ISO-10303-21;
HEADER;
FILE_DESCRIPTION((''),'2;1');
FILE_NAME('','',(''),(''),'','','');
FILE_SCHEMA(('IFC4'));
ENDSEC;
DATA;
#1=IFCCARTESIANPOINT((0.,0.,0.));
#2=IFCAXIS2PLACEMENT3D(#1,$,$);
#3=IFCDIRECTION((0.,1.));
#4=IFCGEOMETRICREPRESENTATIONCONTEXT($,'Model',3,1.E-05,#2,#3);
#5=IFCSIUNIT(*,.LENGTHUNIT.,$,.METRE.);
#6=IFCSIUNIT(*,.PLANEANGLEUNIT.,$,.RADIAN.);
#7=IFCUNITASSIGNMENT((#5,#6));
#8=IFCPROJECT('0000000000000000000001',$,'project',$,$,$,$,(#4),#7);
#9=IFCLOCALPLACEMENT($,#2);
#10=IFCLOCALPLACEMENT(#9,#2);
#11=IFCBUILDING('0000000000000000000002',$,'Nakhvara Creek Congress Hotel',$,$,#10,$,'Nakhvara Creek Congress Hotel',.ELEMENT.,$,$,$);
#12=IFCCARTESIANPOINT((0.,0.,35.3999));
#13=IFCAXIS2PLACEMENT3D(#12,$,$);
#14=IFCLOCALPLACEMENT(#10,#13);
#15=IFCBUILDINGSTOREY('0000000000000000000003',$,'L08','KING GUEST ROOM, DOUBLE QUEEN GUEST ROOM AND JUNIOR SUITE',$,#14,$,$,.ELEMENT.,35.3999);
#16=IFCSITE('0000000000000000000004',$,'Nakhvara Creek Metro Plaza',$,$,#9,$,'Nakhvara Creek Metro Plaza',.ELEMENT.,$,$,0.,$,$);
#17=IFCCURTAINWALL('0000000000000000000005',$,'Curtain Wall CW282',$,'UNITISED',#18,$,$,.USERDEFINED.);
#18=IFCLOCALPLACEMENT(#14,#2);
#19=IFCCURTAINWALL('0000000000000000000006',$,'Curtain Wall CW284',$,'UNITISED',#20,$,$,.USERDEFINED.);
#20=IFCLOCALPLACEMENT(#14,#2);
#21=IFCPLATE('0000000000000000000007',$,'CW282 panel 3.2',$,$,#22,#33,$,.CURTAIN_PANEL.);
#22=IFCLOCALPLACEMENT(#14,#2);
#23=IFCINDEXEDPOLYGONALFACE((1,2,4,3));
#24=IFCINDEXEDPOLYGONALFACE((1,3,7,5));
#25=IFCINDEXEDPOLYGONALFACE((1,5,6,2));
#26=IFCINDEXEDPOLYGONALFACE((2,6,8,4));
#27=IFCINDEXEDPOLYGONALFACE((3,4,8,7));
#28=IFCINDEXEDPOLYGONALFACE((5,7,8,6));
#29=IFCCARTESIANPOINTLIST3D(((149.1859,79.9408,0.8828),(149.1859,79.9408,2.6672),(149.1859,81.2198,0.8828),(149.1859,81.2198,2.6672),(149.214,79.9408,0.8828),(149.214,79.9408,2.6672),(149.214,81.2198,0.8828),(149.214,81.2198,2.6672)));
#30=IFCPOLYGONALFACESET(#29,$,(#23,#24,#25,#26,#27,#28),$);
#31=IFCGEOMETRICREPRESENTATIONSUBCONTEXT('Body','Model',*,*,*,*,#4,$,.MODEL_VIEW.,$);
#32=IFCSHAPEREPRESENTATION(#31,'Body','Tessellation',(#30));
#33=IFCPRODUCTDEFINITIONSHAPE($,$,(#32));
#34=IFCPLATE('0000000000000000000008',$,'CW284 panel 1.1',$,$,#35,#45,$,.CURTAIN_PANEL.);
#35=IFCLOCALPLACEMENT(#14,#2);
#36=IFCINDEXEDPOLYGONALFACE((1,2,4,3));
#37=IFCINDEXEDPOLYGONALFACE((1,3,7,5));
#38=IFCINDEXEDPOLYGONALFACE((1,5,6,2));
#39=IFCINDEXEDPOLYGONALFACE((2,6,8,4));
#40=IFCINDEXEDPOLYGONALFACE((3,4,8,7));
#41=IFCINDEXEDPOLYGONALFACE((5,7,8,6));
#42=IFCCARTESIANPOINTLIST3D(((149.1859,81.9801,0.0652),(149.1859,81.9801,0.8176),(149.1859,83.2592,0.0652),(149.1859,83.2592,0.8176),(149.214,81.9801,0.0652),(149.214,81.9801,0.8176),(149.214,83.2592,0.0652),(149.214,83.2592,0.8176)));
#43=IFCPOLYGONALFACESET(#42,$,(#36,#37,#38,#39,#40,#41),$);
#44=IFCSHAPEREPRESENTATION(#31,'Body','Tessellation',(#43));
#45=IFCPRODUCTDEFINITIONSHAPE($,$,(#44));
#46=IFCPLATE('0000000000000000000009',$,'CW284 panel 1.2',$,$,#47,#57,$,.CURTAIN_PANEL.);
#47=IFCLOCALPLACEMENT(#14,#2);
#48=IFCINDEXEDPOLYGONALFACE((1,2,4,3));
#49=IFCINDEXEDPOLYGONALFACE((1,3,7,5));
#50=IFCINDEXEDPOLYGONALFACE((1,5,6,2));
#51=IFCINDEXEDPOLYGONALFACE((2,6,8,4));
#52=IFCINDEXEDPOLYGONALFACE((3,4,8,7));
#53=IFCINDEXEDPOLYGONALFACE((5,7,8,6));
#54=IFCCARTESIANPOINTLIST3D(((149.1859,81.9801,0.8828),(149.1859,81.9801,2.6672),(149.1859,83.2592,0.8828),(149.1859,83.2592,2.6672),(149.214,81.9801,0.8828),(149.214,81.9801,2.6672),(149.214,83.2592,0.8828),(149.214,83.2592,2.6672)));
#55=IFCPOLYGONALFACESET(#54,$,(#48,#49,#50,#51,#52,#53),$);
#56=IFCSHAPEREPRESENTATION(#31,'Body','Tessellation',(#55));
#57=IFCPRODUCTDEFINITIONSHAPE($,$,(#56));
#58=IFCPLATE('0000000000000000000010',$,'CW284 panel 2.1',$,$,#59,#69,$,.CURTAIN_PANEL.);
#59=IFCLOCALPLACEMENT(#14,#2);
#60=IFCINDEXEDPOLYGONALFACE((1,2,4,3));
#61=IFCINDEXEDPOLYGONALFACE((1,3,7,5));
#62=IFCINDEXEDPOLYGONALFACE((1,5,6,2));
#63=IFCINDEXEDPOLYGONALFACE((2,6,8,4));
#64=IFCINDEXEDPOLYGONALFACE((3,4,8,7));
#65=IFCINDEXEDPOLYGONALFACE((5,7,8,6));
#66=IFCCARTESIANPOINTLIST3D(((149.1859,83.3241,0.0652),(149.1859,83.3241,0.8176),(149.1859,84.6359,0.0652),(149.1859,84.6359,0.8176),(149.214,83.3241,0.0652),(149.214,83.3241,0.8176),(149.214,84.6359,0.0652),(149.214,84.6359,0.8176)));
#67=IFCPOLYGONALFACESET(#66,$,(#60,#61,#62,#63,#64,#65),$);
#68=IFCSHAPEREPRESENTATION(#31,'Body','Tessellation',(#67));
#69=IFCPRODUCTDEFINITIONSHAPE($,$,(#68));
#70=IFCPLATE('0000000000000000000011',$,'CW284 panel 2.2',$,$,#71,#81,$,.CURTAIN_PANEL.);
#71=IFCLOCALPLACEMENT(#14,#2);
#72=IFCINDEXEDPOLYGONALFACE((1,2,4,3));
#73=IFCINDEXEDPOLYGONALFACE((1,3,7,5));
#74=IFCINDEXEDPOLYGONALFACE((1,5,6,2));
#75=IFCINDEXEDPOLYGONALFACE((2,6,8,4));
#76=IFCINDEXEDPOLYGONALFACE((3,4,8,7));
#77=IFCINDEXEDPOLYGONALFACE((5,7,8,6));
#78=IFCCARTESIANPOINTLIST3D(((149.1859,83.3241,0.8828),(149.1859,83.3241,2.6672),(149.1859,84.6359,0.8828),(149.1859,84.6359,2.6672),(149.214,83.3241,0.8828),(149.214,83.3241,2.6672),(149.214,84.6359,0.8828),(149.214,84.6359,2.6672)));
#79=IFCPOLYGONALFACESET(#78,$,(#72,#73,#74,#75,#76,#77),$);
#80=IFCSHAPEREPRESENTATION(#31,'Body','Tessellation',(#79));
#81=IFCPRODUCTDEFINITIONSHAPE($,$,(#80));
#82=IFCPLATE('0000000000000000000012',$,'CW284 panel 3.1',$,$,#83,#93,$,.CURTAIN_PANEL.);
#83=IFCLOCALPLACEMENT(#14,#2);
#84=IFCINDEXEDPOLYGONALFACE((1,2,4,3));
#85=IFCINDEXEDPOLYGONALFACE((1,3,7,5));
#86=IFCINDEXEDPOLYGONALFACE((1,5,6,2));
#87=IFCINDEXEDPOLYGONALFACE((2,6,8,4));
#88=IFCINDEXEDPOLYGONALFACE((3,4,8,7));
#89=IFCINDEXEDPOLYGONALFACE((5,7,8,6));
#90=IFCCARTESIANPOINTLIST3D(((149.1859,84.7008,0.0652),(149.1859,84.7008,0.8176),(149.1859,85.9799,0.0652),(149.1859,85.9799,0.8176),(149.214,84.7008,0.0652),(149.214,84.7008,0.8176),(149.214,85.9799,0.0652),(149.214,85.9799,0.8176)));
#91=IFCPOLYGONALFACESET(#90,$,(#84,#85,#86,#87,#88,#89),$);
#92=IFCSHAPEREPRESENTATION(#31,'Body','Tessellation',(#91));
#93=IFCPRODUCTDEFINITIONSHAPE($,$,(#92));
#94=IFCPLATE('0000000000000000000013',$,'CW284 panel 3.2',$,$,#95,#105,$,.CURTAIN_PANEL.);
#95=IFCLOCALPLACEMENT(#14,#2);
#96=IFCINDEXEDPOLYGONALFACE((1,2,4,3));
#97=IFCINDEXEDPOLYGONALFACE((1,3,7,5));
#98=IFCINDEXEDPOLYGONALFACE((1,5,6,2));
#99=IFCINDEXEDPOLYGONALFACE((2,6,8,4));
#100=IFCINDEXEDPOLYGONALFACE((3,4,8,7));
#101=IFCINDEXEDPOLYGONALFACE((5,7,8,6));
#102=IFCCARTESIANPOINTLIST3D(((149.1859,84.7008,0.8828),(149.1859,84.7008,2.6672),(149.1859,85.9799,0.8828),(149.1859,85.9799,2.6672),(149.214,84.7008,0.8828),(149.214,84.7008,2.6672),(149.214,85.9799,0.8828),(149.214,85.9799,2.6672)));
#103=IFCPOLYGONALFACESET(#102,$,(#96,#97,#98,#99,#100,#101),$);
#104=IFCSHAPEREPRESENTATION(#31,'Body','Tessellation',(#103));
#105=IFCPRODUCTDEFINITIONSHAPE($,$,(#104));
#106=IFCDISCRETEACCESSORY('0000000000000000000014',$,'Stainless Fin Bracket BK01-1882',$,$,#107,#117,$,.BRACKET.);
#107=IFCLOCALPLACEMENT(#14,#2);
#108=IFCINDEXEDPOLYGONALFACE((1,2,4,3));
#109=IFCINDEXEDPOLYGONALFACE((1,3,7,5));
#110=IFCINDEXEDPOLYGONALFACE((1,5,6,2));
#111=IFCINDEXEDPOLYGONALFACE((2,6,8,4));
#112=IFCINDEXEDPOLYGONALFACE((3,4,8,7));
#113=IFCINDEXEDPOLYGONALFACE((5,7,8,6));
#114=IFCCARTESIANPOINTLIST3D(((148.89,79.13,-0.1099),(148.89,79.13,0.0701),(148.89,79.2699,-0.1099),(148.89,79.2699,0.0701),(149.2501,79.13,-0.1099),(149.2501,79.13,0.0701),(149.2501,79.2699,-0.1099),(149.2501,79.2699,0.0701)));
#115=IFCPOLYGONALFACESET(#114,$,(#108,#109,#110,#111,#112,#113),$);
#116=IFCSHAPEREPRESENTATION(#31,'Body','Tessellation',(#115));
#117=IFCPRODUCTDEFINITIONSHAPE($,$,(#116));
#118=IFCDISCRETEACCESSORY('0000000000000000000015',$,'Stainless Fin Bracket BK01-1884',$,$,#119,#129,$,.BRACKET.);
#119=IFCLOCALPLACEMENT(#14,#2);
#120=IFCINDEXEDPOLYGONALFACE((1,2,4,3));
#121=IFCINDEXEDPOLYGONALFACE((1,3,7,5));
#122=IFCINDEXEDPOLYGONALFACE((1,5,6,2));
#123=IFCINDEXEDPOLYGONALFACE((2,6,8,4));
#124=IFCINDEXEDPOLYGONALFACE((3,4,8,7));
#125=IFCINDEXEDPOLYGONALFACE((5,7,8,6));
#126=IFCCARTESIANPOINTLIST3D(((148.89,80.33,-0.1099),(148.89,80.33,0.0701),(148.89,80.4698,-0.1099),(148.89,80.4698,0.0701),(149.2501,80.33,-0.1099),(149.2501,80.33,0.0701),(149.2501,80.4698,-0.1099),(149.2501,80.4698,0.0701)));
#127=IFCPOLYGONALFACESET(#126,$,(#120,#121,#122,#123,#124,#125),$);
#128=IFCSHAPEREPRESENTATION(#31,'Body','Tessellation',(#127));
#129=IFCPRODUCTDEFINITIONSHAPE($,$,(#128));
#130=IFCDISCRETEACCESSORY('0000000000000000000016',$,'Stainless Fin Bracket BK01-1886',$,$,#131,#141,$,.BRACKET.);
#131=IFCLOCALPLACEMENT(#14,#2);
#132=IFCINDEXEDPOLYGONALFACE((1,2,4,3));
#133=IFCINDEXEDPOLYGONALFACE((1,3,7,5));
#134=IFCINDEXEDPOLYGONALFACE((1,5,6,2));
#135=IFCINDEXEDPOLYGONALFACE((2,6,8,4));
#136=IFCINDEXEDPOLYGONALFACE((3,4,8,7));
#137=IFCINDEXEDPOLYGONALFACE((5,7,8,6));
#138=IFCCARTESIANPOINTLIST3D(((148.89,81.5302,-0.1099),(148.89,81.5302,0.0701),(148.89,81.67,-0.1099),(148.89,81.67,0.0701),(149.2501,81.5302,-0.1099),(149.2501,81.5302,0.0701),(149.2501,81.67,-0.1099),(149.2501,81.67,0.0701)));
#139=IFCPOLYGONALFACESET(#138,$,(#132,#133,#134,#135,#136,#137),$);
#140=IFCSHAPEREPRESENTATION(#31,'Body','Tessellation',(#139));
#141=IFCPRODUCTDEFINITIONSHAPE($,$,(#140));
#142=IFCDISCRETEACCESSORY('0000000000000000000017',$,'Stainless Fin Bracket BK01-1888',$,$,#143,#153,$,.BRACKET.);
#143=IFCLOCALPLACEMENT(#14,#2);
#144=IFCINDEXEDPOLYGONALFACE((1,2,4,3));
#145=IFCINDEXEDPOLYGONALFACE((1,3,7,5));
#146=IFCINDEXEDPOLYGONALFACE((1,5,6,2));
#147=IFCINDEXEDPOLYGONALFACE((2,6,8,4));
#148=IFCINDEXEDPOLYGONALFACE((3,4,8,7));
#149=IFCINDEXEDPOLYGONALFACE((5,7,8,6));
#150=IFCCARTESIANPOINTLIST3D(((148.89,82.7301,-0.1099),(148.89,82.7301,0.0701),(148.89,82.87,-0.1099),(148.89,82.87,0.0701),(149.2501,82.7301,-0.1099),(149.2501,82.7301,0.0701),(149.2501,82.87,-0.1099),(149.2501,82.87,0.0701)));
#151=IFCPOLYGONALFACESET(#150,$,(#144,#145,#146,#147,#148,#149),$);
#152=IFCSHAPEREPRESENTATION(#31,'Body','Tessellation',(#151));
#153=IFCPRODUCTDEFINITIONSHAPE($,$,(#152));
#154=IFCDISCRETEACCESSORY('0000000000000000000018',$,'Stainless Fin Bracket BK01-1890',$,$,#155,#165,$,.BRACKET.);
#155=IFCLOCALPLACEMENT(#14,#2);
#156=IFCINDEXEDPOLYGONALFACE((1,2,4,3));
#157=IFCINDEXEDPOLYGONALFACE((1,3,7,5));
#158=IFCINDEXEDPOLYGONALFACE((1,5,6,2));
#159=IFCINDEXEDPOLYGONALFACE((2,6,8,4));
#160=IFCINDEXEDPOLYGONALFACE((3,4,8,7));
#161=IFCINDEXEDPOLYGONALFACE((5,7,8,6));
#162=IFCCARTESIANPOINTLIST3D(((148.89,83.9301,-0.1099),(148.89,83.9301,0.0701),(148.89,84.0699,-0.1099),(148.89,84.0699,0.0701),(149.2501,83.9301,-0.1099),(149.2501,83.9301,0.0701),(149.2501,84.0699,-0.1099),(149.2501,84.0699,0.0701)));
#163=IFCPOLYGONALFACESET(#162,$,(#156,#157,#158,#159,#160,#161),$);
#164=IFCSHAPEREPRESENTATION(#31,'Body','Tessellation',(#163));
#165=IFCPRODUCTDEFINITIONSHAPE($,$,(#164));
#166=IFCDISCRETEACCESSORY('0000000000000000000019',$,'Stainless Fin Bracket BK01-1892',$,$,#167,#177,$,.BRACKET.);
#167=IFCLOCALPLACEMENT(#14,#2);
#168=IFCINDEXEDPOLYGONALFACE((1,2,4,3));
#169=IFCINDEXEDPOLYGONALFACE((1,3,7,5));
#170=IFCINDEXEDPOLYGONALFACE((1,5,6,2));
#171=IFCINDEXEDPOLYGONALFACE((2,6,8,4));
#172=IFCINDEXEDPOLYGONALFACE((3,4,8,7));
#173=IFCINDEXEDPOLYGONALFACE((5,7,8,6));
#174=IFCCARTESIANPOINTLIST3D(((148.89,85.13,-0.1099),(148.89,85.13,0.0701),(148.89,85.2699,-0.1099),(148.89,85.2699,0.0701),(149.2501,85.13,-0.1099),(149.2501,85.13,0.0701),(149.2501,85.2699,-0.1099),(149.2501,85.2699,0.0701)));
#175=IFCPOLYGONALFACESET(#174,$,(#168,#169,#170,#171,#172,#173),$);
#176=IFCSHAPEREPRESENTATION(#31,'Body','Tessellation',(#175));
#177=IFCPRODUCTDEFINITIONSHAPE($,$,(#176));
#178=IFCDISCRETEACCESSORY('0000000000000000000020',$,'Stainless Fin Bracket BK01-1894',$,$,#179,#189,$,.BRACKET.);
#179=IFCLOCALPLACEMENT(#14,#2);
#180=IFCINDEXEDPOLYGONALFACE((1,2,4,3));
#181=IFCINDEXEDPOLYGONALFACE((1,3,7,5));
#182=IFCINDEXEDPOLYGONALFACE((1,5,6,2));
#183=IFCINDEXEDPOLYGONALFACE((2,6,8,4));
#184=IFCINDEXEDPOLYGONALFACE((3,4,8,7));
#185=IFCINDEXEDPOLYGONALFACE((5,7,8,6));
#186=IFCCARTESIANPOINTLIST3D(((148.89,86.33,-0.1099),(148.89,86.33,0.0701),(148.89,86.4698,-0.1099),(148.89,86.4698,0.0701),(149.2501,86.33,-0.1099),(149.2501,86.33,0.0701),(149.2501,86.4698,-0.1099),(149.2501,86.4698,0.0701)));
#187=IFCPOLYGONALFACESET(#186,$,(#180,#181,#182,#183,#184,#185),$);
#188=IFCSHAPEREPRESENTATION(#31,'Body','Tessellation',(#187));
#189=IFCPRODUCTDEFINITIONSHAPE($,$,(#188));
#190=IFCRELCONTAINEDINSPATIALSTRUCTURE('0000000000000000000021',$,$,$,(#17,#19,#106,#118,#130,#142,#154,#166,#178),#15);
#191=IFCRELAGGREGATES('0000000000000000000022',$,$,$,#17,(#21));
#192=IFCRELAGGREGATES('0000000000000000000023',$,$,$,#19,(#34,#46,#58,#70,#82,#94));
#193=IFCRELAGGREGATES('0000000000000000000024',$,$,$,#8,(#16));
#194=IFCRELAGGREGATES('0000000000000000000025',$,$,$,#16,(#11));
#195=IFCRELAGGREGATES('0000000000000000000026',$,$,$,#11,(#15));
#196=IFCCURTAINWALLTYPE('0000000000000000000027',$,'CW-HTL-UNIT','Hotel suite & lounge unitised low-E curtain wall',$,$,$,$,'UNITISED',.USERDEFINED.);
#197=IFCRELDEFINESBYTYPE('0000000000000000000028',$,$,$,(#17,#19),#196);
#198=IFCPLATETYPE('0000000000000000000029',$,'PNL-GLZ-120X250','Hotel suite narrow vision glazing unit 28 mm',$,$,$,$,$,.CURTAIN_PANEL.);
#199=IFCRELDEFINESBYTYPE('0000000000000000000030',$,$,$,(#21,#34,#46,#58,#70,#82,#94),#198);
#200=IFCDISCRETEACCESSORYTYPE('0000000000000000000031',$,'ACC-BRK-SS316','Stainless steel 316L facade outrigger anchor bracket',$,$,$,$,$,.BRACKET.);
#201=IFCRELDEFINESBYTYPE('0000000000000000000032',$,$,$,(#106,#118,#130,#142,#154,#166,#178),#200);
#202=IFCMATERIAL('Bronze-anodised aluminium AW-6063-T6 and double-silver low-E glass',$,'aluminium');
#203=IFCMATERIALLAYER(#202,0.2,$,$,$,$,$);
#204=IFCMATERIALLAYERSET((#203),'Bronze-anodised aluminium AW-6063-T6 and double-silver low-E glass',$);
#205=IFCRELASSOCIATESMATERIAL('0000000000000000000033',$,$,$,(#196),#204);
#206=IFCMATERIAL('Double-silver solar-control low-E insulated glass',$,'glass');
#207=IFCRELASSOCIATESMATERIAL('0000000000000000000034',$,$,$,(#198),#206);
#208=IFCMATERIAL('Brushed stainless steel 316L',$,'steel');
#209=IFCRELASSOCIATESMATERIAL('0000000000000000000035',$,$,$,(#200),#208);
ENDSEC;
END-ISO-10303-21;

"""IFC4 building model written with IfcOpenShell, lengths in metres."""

from ifc_helpers import new_model, si_unit, direction, frame, origin, origin_2d, place, context, subcontext, project, spatial, rectangle, extrude, material, layer, layer_set, type_object, element, aggregate, save


model = new_model("IFC4")

# Units and contexts
model_context = context("Model", 3, precision=1e-05, world=origin(), true_north=direction((0.0, 1.0)))
body_context = subcontext(model_context, "Body", "Model", "MODEL_VIEW")
ifc_project = project(units=[si_unit("LENGTHUNIT", "METRE"), si_unit("PLANEANGLEUNIT", "RADIAN")], contexts=[model_context])

# Site, building, storey
site_placement = place(None, origin())
site = spatial("IfcSite", under=ifc_project, at=site_placement, Name="Nakhvara Creek Metro Plaza", LongName="Nakhvara Creek Metro Plaza", CompositionType="ELEMENT", RefElevation=0.0)
building_placement = place(site_placement, origin())
building = spatial("IfcBuilding", under=site, at=building_placement, Name="Nakhvara Creek Congress Hotel", LongName="Nakhvara Creek Congress Hotel", CompositionType="ELEMENT")
storey_placement = place(building_placement, frame((0.0, 0.0, 35.3999)))
storey = spatial("IfcBuildingStorey", under=building, at=storey_placement, Name="L08", Description="KING GUEST ROOM, DOUBLE QUEEN GUEST ROOM AND JUNIOR SUITE", CompositionType="ELEMENT", Elevation=35.3999)

# Curtain walls
ifc_material_1 = material(Name="Bronze-anodised aluminium AW-6063-T6 and double-silver low-E glass", Category="aluminium")
ifc_layer = layer(ifc_material_1, 0.2)
ifc_layer_set = layer_set([ifc_layer], Name="Bronze-anodised aluminium AW-6063-T6 and double-silver low-E glass")
curtain_wall_type = type_object("IfcCurtainWallType", Name="CW-HTL-UNIT", Description="Hotel suite & lounge unitised low-E curtain wall", ElementType="UNITISED", PredefinedType="USERDEFINED", material=ifc_layer_set)
curtain_wall_1_placement = place(storey_placement, origin())
curtain_wall_1 = element("IfcCurtainWall", 1, at=curtain_wall_1_placement, inside=storey, type_object=curtain_wall_type, Name="Curtain Wall CW282", ObjectType="UNITISED", PredefinedType="USERDEFINED")
curtain_wall_2_placement = place(storey_placement, origin())
curtain_wall_2 = element("IfcCurtainWall", 2, at=curtain_wall_2_placement, inside=storey, type_object=curtain_wall_type, Name="Curtain Wall CW284", ObjectType="UNITISED", PredefinedType="USERDEFINED")

# Plates
ifc_material_2 = material(Name="Double-silver solar-control low-E insulated glass", Category="glass")
plate_type = type_object("IfcPlateType", Name="PNL-GLZ-120X250", Description="Hotel suite narrow vision glazing unit 28 mm", PredefinedType="CURTAIN_PANEL", material=ifc_material_2)
plate_1_placement = place(storey_placement, frame((149.2, 80.5803, 0.8828), z_axis=(0.0, 0.0, 1.0), x_axis=(0.0, 1.0, 0.0)))
plate_1 = element("IfcPlate", 3, at=plate_1_placement, type_object=plate_type, Name="CW282 panel 3.2", PredefinedType="CURTAIN_PANEL", context=body_context, shape_type="SweptSolid", body=[
    extrude(rectangle(XDim=1.2791, YDim=0.0281, at=origin_2d()), origin(), (0.0, 0.0, 1.0), 1.7844),
])
aggregate(curtain_wall_1, [plate_1])
plate_2_placement = place(storey_placement, frame((149.2, 82.6196, 0.0652), z_axis=(0.0, 0.0, 1.0), x_axis=(0.0, 1.0, 0.0)))
plate_2 = element("IfcPlate", 4, at=plate_2_placement, type_object=plate_type, Name="CW284 panel 1.1", PredefinedType="CURTAIN_PANEL", context=body_context, shape_type="SweptSolid", body=[
    extrude(rectangle(XDim=1.2791, YDim=0.0281, at=origin_2d()), origin(), (0.0, 0.0, 1.0), 0.7524),
])
plate_3_placement = place(storey_placement, frame((149.2, 82.6196, 0.8828), z_axis=(0.0, 0.0, 1.0), x_axis=(0.0, 1.0, 0.0)))
plate_3 = element("IfcPlate", 5, at=plate_3_placement, type_object=plate_type, Name="CW284 panel 1.2", PredefinedType="CURTAIN_PANEL", context=body_context, shape_type="SweptSolid", body=[
    extrude(rectangle(XDim=1.2791, YDim=0.0281, at=origin_2d()), origin(), (0.0, 0.0, 1.0), 1.7844),
])
plate_4_placement = place(storey_placement, frame((149.2, 83.98, 0.0652), z_axis=(0.0, 0.0, 1.0), x_axis=(0.0, 1.0, 0.0)))
plate_4 = element("IfcPlate", 6, at=plate_4_placement, type_object=plate_type, Name="CW284 panel 2.1", PredefinedType="CURTAIN_PANEL", context=body_context, shape_type="SweptSolid", body=[
    extrude(rectangle(XDim=1.3118, YDim=0.0281, at=origin_2d()), origin(), (0.0, 0.0, 1.0), 0.7524),
])
plate_5_placement = place(storey_placement, frame((149.2, 83.98, 0.8828), z_axis=(0.0, 0.0, 1.0), x_axis=(0.0, 1.0, 0.0)))
plate_5 = element("IfcPlate", 7, at=plate_5_placement, type_object=plate_type, Name="CW284 panel 2.2", PredefinedType="CURTAIN_PANEL", context=body_context, shape_type="SweptSolid", body=[
    extrude(rectangle(XDim=1.3118, YDim=0.0281, at=origin_2d()), origin(), (0.0, 0.0, 1.0), 1.7844),
])
plate_6_placement = place(storey_placement, frame((149.2, 85.3403, 0.0652), z_axis=(0.0, 0.0, 1.0), x_axis=(0.0, 1.0, 0.0)))
plate_6 = element("IfcPlate", 8, at=plate_6_placement, type_object=plate_type, Name="CW284 panel 3.1", PredefinedType="CURTAIN_PANEL", context=body_context, shape_type="SweptSolid", body=[
    extrude(rectangle(XDim=1.2791, YDim=0.0281, at=origin_2d()), origin(), (0.0, 0.0, 1.0), 0.7524),
])
plate_7_placement = place(storey_placement, frame((149.2, 85.3403, 0.8828), z_axis=(0.0, 0.0, 1.0), x_axis=(0.0, 1.0, 0.0)))
plate_7 = element("IfcPlate", 9, at=plate_7_placement, type_object=plate_type, Name="CW284 panel 3.2", PredefinedType="CURTAIN_PANEL", context=body_context, shape_type="SweptSolid", body=[
    extrude(rectangle(XDim=1.2791, YDim=0.0281, at=origin_2d()), origin(), (0.0, 0.0, 1.0), 1.7844),
])
aggregate(curtain_wall_2, [plate_2, plate_3, plate_4, plate_5, plate_6, plate_7])

# Discrete accessories
ifc_material_3 = material(Name="Brushed stainless steel 316L", Category="steel")
discrete_accessory_type = type_object("IfcDiscreteAccessoryType", Name="ACC-BRK-SS316", Description="Stainless steel 316L facade outrigger anchor bracket", PredefinedType="BRACKET", material=ifc_material_3)
for number, where, z_axis, x_axis, name in (
    (10, (149.0701, 79.2, -0.1099), (0.0, 0.0, 1.0), (0.0, 1.0, 0.0), "Stainless Fin Bracket BK01-1882"),
    (11, (149.0701, 80.3999, -0.1099), (0.0, 0.0, 1.0), (0.0, 1.0, 0.0), "Stainless Fin Bracket BK01-1884"),
    (12, (149.0701, 81.6001, -0.1099), (0.0, 0.0, 1.0), (0.0, 1.0, 0.0), "Stainless Fin Bracket BK01-1886"),
    (13, (149.0701, 82.8, -0.1099), (0.0, 0.0, 1.0), (0.0, 1.0, 0.0), "Stainless Fin Bracket BK01-1888"),
    (14, (149.0701, 84.0, -0.1099), (0.0, 0.0, 1.0), (0.0, 1.0, 0.0), "Stainless Fin Bracket BK01-1890"),
    (15, (149.0701, 85.2, -0.1099), (0.0, 0.0, 1.0), (0.0, 1.0, 0.0), "Stainless Fin Bracket BK01-1892"),
    (16, (149.0701, 86.3999, -0.1099), (0.0, 0.0, 1.0), (0.0, 1.0, 0.0), "Stainless Fin Bracket BK01-1894"),
):
    element("IfcDiscreteAccessory", number, at=place(storey_placement, frame(where, z_axis=z_axis, x_axis=x_axis)), inside=storey, type_object=discrete_accessory_type, Name=name, PredefinedType="BRACKET", context=body_context, shape_type="SweptSolid", body=[
        extrude(rectangle(XDim=0.1399, YDim=0.3601, at=origin_2d()), origin(), (0.0, 0.0, 1.0), 0.1799),
    ])

save(model, "model.ifc")
